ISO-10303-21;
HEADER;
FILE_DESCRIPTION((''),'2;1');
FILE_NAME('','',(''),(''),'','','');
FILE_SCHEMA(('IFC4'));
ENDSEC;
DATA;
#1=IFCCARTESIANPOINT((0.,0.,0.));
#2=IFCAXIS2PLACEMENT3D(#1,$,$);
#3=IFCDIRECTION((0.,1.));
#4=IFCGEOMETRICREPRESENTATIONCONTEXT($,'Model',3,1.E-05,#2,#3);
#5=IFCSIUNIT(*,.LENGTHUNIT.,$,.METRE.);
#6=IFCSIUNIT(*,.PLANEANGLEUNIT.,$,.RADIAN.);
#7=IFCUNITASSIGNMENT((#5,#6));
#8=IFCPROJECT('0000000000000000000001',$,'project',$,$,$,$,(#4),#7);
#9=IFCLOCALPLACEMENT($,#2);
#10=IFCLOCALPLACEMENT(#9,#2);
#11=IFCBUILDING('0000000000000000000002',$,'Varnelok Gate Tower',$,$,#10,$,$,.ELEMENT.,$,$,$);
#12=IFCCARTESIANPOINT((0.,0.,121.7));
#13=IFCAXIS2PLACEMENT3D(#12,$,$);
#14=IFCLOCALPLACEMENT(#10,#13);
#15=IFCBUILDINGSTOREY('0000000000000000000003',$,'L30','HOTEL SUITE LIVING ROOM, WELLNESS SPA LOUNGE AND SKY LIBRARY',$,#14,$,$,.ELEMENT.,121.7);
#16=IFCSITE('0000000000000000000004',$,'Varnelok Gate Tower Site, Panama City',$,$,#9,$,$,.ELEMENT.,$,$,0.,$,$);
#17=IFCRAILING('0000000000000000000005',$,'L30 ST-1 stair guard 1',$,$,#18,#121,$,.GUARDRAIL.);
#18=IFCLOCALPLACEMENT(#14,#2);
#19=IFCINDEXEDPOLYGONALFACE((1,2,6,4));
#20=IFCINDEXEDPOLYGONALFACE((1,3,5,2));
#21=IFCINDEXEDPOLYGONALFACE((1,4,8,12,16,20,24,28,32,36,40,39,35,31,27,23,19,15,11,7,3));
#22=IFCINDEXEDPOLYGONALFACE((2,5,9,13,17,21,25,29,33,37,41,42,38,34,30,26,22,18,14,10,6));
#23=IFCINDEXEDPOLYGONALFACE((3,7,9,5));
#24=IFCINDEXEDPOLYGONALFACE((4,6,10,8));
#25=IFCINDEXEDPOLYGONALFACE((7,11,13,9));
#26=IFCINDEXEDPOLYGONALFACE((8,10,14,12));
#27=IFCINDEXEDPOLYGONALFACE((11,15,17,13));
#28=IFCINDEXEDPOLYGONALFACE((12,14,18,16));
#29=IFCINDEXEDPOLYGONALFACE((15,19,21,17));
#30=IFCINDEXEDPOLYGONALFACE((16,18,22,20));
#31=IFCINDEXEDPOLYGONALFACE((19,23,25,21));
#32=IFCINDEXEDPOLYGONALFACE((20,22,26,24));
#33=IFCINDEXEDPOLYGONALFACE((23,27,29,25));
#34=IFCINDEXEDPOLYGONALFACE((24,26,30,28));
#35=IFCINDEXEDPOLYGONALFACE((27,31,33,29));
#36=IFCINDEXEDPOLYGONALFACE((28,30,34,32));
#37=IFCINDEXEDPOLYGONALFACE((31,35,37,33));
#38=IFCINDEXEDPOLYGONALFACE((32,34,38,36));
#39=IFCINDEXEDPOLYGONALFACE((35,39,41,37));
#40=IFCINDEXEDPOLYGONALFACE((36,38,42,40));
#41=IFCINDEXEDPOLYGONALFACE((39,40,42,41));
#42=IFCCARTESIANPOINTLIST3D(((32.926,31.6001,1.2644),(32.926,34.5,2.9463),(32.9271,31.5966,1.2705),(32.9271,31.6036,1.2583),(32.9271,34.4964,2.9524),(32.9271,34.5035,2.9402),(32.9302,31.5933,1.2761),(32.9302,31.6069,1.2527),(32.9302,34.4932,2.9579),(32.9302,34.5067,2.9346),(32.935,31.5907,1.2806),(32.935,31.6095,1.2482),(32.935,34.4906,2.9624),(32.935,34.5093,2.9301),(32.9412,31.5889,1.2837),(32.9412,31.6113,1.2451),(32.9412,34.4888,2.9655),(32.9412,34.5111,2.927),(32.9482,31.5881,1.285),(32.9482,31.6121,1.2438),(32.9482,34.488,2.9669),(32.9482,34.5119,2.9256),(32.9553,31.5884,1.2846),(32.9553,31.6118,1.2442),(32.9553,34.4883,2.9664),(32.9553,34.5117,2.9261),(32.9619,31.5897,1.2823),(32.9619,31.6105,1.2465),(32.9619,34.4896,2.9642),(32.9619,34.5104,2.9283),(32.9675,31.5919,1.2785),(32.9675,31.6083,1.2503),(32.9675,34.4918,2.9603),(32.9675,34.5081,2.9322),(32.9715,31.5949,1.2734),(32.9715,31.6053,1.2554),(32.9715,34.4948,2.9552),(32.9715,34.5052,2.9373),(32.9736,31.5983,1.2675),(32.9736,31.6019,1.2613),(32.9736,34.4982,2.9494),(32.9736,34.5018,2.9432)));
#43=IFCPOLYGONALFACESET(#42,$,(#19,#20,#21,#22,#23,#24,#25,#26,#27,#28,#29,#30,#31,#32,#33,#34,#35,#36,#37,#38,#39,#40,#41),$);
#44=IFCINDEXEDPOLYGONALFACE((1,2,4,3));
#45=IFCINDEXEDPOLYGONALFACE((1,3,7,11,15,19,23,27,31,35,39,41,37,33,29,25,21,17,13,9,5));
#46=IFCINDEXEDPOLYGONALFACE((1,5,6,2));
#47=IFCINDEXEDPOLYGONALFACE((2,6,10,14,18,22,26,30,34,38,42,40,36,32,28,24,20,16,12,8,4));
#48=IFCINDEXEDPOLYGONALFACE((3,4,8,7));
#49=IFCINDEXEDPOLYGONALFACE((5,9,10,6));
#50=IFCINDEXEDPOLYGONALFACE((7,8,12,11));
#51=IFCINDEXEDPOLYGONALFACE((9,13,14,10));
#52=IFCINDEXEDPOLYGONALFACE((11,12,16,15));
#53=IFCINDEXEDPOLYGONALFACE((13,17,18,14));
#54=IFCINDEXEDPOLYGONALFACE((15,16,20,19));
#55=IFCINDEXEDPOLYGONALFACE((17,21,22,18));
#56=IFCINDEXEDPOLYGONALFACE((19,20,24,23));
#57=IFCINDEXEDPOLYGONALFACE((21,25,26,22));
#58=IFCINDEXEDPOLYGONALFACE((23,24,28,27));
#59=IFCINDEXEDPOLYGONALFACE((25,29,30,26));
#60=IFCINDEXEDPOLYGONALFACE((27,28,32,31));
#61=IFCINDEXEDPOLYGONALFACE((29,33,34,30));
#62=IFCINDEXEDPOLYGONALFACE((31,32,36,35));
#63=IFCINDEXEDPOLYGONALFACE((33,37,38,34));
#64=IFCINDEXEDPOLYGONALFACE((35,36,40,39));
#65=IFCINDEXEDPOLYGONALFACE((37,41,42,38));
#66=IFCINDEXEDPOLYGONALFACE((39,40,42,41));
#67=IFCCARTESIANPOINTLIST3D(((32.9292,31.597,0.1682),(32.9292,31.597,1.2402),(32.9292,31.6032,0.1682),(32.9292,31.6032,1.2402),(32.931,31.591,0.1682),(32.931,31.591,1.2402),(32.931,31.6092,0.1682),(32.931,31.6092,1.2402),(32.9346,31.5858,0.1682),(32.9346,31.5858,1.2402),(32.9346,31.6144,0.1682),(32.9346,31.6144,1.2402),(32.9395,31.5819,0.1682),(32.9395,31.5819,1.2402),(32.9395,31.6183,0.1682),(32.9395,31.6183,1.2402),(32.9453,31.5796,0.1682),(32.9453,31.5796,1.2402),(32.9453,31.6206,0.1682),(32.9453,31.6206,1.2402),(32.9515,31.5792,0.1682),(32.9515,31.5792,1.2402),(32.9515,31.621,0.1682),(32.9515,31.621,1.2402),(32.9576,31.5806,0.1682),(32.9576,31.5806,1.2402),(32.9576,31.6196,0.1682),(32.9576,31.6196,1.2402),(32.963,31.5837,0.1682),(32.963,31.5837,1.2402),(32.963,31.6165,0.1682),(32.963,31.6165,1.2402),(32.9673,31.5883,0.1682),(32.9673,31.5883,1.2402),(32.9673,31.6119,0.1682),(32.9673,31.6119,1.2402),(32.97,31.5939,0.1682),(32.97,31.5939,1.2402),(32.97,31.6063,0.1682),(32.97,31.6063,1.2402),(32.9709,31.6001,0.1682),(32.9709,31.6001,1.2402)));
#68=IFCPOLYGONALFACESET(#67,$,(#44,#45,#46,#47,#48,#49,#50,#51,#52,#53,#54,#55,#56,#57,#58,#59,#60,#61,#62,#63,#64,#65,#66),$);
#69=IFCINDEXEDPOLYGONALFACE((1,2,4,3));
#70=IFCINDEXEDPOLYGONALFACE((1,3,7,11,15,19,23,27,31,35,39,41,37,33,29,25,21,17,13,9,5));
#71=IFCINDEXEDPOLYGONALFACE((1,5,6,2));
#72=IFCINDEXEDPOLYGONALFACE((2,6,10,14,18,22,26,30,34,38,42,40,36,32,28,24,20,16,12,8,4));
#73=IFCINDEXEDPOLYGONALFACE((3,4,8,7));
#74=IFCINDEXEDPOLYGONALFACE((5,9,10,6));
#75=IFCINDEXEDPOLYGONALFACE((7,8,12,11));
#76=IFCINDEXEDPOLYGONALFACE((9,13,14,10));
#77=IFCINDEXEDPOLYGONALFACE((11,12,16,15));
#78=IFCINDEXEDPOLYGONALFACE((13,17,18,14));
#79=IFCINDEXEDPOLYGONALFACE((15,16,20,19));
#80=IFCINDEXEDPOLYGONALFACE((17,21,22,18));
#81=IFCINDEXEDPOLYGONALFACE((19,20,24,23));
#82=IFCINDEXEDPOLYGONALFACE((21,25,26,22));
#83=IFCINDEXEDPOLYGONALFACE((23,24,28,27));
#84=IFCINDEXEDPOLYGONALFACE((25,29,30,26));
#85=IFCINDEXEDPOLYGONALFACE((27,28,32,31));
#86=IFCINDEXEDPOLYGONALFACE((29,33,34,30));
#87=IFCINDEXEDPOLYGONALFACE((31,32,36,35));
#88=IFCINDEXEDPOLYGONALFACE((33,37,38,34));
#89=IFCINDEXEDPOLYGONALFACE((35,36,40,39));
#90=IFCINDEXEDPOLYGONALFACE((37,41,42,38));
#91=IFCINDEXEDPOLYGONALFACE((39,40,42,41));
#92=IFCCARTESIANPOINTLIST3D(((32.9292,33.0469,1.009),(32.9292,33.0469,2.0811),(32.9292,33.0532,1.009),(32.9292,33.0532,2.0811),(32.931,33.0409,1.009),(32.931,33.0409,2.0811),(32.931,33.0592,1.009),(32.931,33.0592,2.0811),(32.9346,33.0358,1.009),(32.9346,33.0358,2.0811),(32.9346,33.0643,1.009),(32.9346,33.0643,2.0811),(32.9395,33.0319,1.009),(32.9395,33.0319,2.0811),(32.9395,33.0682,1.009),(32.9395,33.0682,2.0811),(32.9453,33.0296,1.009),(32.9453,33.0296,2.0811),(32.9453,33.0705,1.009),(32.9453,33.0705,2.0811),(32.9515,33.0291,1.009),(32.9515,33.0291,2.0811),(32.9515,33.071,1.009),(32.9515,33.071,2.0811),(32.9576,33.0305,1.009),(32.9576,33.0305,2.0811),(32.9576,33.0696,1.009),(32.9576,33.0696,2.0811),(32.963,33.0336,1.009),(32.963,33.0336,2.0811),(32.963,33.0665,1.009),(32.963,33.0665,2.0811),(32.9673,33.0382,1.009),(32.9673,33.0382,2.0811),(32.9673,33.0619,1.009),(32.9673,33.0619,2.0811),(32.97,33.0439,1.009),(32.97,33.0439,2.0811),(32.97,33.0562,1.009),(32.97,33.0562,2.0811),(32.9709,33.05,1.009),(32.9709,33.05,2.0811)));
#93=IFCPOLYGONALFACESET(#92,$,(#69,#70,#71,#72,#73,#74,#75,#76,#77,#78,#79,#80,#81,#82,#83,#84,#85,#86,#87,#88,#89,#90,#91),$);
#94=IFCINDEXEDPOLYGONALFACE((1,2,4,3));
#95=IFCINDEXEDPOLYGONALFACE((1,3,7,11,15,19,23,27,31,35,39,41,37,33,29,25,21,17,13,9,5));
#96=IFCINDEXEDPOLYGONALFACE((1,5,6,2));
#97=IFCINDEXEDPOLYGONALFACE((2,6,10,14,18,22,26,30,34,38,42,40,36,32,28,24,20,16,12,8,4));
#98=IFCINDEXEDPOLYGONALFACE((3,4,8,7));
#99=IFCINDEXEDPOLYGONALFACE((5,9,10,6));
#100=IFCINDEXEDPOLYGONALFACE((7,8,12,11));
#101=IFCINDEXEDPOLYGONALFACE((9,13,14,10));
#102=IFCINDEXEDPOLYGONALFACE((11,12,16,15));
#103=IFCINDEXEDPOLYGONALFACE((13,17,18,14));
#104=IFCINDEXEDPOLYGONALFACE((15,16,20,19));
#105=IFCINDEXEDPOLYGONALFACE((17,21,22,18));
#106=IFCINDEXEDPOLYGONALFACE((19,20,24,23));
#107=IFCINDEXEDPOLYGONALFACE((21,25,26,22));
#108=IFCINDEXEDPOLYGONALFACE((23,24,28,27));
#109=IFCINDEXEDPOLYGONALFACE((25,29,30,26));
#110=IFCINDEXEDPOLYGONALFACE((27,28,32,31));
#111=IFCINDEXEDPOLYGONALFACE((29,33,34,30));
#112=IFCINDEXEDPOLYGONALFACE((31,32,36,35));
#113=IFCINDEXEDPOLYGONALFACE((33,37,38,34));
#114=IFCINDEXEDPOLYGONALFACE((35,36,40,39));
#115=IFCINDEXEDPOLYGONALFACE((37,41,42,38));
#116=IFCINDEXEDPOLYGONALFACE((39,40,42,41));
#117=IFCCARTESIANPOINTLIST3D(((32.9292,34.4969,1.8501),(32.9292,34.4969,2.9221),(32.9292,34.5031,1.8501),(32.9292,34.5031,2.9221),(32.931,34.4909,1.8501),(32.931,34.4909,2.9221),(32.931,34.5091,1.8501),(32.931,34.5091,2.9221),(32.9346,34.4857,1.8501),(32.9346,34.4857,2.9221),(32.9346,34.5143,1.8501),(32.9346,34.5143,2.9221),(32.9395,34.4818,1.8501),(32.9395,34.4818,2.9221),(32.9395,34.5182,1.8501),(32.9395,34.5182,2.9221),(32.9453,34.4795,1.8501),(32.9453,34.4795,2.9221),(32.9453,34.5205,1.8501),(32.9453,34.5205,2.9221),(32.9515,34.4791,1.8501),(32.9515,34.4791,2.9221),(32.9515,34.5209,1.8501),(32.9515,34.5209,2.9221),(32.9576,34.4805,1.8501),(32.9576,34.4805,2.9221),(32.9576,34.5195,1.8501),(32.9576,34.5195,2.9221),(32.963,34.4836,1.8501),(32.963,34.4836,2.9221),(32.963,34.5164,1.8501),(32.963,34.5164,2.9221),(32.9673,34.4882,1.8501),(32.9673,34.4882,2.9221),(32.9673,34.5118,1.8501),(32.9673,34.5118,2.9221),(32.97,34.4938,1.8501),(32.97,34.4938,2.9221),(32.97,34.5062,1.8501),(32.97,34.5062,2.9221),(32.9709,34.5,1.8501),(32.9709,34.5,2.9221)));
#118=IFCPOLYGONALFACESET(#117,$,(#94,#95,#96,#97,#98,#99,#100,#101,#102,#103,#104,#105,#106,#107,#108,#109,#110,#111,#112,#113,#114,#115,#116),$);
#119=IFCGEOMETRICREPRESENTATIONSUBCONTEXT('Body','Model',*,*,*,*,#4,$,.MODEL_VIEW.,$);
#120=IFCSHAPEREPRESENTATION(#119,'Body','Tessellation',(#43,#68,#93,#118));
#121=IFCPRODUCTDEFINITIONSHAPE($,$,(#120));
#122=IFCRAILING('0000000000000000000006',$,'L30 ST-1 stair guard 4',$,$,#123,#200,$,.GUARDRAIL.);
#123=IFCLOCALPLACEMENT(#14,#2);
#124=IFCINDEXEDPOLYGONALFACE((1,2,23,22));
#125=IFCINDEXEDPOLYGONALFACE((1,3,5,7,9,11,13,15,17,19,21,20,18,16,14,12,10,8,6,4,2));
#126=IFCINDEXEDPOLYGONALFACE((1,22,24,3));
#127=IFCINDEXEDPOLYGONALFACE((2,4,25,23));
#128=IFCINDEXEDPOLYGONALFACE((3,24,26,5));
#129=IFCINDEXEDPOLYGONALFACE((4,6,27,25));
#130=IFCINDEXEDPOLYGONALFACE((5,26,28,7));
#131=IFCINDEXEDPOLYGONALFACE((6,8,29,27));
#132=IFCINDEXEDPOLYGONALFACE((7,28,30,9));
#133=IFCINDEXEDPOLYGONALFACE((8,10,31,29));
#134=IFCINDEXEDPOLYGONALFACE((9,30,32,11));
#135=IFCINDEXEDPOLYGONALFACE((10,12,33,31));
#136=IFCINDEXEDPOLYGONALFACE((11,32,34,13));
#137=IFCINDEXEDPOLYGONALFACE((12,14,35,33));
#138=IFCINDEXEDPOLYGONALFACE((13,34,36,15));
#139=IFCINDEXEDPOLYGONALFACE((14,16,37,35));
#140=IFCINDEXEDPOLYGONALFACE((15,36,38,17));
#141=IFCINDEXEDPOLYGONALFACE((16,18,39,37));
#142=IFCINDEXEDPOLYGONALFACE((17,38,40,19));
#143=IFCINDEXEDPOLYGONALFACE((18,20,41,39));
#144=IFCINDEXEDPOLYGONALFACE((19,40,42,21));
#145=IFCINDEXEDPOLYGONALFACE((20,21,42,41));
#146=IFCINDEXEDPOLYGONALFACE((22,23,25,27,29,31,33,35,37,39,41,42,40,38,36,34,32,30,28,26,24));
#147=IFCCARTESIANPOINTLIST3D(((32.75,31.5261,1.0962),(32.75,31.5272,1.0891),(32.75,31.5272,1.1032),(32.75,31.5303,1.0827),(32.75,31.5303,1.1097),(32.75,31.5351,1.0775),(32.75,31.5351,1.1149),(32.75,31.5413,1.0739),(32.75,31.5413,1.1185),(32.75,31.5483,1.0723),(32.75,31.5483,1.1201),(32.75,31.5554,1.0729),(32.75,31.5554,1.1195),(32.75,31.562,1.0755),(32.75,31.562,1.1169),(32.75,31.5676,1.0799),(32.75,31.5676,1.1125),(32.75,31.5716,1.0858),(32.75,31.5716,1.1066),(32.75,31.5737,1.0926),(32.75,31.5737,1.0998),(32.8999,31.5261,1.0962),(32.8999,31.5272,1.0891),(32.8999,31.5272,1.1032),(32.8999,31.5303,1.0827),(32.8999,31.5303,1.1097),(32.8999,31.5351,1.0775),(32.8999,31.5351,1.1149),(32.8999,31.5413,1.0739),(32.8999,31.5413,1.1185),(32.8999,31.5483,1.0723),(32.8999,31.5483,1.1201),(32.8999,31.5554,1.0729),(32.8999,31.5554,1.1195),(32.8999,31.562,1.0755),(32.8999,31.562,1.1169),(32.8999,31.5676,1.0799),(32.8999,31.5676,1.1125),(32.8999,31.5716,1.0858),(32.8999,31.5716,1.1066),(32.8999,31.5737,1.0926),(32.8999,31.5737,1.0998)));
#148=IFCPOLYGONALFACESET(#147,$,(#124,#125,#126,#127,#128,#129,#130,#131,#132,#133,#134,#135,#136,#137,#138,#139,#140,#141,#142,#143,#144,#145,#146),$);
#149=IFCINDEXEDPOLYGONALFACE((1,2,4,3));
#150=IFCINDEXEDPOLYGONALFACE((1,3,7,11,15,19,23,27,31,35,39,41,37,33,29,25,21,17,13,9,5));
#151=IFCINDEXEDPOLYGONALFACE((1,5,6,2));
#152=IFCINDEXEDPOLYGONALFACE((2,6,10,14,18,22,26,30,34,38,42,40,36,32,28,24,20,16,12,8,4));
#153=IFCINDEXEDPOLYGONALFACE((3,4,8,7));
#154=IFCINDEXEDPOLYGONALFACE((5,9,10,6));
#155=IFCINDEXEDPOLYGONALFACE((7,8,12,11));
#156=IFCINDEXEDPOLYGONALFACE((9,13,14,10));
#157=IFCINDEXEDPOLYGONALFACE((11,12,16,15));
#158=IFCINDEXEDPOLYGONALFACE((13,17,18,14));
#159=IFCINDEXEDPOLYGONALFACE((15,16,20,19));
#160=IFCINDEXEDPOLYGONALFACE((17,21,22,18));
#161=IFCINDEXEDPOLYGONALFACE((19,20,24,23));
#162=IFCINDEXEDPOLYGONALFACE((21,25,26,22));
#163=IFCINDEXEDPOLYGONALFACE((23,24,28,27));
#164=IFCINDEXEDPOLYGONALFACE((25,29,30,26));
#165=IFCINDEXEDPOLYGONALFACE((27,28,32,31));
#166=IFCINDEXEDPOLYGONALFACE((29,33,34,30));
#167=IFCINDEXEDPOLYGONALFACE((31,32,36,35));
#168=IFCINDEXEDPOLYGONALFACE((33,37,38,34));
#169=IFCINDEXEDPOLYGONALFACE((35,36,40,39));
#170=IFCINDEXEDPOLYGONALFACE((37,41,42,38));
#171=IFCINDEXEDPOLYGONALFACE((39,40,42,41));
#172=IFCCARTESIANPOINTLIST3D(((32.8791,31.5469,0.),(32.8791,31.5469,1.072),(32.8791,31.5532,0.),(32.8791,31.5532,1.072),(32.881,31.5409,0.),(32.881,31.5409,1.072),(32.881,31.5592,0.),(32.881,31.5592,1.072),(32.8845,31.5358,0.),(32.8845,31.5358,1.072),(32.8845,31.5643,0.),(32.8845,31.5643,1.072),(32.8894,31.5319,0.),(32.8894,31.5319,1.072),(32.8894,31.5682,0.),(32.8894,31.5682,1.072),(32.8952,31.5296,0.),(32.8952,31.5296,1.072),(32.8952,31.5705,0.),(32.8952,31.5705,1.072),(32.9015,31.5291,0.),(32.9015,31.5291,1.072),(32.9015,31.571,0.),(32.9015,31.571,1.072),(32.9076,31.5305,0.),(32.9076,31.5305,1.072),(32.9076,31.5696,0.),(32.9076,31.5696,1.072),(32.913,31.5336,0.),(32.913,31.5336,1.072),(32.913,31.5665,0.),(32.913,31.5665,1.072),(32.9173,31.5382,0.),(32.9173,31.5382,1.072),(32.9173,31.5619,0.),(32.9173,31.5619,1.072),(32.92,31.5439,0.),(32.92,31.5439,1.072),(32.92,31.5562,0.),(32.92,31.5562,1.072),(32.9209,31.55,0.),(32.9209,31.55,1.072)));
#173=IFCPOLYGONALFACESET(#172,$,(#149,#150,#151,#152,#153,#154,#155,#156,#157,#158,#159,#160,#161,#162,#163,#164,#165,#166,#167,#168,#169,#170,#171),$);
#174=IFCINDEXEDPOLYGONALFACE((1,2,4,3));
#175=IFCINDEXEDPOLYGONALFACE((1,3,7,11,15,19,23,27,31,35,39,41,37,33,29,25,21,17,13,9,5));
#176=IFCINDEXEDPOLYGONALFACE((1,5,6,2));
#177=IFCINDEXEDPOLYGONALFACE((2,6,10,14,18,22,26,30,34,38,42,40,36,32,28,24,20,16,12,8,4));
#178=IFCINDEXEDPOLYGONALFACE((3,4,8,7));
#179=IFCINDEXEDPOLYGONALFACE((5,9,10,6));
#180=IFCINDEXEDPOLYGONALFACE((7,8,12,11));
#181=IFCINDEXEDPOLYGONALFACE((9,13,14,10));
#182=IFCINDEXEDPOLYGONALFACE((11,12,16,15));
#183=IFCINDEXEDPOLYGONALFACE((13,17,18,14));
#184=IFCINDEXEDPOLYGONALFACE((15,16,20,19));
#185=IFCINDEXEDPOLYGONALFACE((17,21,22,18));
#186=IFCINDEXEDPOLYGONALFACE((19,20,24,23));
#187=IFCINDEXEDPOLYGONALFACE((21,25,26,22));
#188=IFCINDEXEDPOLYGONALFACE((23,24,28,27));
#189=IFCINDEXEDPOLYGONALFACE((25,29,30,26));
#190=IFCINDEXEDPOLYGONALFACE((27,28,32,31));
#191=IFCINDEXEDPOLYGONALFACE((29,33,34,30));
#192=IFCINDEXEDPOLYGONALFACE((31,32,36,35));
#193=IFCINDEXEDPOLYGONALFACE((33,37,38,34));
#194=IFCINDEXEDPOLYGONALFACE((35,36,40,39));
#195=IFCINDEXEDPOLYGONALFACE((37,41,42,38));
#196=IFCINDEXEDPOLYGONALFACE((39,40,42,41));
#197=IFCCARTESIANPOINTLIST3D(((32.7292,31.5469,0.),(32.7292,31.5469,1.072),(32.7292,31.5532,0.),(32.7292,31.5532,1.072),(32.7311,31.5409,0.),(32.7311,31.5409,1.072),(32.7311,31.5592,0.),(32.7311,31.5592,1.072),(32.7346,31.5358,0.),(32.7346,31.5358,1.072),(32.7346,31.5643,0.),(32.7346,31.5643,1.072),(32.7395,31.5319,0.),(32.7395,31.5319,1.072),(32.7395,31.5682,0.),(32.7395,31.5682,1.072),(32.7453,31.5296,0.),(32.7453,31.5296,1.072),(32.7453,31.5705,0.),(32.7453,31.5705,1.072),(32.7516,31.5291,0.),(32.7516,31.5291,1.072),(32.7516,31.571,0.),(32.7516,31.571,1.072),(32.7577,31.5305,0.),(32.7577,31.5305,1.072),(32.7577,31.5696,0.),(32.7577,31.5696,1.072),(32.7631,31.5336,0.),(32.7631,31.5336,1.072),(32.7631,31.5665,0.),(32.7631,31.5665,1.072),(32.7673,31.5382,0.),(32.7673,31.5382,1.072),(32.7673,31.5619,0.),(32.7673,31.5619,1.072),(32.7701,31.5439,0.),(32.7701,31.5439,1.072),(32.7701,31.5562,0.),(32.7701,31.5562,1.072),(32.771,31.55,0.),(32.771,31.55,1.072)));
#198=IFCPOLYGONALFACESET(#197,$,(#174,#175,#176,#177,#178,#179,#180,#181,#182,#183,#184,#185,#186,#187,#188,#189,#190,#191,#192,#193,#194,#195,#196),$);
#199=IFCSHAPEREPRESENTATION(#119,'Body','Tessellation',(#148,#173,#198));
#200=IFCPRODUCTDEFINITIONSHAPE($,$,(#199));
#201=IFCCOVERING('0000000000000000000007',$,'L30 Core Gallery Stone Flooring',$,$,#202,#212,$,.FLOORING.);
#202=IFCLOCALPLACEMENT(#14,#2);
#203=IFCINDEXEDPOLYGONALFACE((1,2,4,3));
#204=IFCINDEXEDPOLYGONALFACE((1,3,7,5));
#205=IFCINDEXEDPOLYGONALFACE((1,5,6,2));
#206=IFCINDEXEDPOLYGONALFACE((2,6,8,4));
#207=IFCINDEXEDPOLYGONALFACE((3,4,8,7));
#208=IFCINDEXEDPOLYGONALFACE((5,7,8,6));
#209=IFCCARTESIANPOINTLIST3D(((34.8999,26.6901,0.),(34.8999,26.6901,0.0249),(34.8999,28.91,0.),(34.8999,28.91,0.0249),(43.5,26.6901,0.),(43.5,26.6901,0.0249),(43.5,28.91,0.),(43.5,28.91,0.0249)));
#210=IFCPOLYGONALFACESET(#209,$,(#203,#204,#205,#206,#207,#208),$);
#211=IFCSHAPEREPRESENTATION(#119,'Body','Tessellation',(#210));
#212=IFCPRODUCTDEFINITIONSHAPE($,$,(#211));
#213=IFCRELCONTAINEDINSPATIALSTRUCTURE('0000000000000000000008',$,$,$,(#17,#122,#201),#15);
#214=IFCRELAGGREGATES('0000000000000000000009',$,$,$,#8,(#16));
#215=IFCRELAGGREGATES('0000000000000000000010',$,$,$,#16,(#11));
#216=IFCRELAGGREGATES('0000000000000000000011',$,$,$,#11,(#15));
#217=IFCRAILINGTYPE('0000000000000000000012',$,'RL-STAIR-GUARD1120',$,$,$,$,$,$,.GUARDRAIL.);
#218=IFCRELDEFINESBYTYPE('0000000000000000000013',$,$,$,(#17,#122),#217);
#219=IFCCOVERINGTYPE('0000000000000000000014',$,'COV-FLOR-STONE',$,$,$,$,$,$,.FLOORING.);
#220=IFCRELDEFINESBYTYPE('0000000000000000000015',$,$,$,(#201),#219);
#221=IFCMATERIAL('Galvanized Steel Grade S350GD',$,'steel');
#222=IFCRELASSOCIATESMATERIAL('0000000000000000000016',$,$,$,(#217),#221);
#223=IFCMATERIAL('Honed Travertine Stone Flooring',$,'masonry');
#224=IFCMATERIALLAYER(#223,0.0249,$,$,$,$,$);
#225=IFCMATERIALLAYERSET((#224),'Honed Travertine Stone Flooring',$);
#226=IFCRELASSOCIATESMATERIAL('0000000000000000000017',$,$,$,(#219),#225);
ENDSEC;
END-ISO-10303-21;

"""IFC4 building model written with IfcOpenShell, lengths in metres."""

from ifc_helpers import new_model, si_unit, direction, frame, origin, origin_2d, place, context, subcontext, project, spatial, rectangle, circle, extrude, source, transform, mapped, material, layer, layer_set, type_object, element, save


model = new_model("IFC4")

# Units and contexts
model_context = context("Model", 3, precision=1e-05, world=origin(), true_north=direction((0.0, 1.0)))
body_context = subcontext(model_context, "Body", "Model", "MODEL_VIEW")
ifc_project = project(units=[si_unit("LENGTHUNIT", "METRE"), si_unit("PLANEANGLEUNIT", "RADIAN")], contexts=[model_context])

# Site, building, storey
site_placement = place(None, origin())
site = spatial("IfcSite", under=ifc_project, at=site_placement, Name="Varnelok Gate Tower Site, Panama City", CompositionType="ELEMENT", RefElevation=0.0)
building_placement = place(site_placement, origin())
building = spatial("IfcBuilding", under=site, at=building_placement, Name="Varnelok Gate Tower", CompositionType="ELEMENT")
storey_placement = place(building_placement, frame((0.0, 0.0, 121.7)))
storey = spatial("IfcBuildingStorey", under=building, at=storey_placement, Name="L30", Description="HOTEL SUITE LIVING ROOM, WELLNESS SPA LOUNGE AND SKY LIBRARY", CompositionType="ELEMENT", Elevation=121.7)

# Shared definitions
ifc_material_1 = material(Name="Galvanized Steel Grade S350GD", Category="steel")

# Railings
railing_type_1 = type_object("IfcRailingType", Name="RL-STAIR-GUARD1120", PredefinedType="GUARDRAIL", material=ifc_material_1)
railing_1_placement = place(storey_placement, frame((32.95, 31.6001, 0.1682)))
element("IfcRailing", 1, at=railing_1_placement, inside=storey, type_object=railing_type_1, Name="L30 ST-1 stair guard 1", PredefinedType="GUARDRAIL", context=body_context, shape_type="SweptSolid", body=[
    extrude(circle(Radius=0.0239, at=origin_2d()), frame((0.0, 0.0, 1.0962), z_axis=(0.0, 0.865039, 0.501705), x_axis=(-1.0, 0.0, 0.0)), (0.0, 0.0, 1.0), 3.3523),
    extrude(circle(Radius=0.021, at=origin_2d()), origin(), (0.0, 0.0, 1.0), 1.072),
    extrude(circle(Radius=0.021, at=origin_2d()), frame((0.0, 1.45, 0.8408)), (0.0, 0.0, 1.0), 1.072),
    extrude(circle(Radius=0.021, at=origin_2d()), frame((0.0, 2.8999, 1.6819)), (0.0, 0.0, 1.0), 1.072),
])
railing_2_placement = place(storey_placement, frame((32.8999, 31.55, 0.0)))
element("IfcRailing", 2, at=railing_2_placement, inside=storey, type_object=railing_type_1, Name="L30 ST-1 stair guard 4", PredefinedType="GUARDRAIL", context=body_context, shape_type="SweptSolid", body=[
    extrude(circle(Radius=0.0239, at=origin_2d()), frame((0.0, 0.0, 1.0962), z_axis=(-1.0, 0.0, 0.0), x_axis=(0.0, -1.0, 0.0)), (0.0, 0.0, 1.0), 0.1499),
    extrude(circle(Radius=0.021, at=origin_2d()), origin(), (0.0, 0.0, 1.0), 1.072),
    extrude(circle(Radius=0.021, at=origin_2d()), frame((-0.1499, 0.0, 0.0)), (0.0, 0.0, 1.0), 1.072),
])

# Covering
ifc_material_2 = material(Name="Honed Travertine Stone Flooring", Category="masonry")
ifc_layer_1 = layer(ifc_material_2, 0.0249)
ifc_layer_set_1 = layer_set([ifc_layer_1], Name="Honed Travertine Stone Flooring")
covering_type_1 = type_object("IfcCoveringType", Name="COV-FLOR-STONE", PredefinedType="FLOORING", material=ifc_layer_set_1)
shared_shape_1 = source(origin(), body_context, "Body", "SweptSolid", [
    extrude(rectangle(XDim=8.6001, YDim=2.22, at=origin_2d()), origin(), (0.0, 0.0, 1.0), 0.0249),
])
covering_1_placement = place(storey_placement, frame((39.2, 27.8, 0.0), z_axis=(0.0, 0.0, 1.0), x_axis=(1.0, 0.0, 0.0)))
element("IfcCovering", 3, at=covering_1_placement, inside=storey, type_object=covering_type_1, Name="L30 Core Gallery Stone Flooring", PredefinedType="FLOORING", context=body_context, shape_type="MappedRepresentation", body=[
    mapped(shared_shape_1, transform((0.0, 0.0, 0.0), scale=1.0)),
])

save(model, "model.ifc")
